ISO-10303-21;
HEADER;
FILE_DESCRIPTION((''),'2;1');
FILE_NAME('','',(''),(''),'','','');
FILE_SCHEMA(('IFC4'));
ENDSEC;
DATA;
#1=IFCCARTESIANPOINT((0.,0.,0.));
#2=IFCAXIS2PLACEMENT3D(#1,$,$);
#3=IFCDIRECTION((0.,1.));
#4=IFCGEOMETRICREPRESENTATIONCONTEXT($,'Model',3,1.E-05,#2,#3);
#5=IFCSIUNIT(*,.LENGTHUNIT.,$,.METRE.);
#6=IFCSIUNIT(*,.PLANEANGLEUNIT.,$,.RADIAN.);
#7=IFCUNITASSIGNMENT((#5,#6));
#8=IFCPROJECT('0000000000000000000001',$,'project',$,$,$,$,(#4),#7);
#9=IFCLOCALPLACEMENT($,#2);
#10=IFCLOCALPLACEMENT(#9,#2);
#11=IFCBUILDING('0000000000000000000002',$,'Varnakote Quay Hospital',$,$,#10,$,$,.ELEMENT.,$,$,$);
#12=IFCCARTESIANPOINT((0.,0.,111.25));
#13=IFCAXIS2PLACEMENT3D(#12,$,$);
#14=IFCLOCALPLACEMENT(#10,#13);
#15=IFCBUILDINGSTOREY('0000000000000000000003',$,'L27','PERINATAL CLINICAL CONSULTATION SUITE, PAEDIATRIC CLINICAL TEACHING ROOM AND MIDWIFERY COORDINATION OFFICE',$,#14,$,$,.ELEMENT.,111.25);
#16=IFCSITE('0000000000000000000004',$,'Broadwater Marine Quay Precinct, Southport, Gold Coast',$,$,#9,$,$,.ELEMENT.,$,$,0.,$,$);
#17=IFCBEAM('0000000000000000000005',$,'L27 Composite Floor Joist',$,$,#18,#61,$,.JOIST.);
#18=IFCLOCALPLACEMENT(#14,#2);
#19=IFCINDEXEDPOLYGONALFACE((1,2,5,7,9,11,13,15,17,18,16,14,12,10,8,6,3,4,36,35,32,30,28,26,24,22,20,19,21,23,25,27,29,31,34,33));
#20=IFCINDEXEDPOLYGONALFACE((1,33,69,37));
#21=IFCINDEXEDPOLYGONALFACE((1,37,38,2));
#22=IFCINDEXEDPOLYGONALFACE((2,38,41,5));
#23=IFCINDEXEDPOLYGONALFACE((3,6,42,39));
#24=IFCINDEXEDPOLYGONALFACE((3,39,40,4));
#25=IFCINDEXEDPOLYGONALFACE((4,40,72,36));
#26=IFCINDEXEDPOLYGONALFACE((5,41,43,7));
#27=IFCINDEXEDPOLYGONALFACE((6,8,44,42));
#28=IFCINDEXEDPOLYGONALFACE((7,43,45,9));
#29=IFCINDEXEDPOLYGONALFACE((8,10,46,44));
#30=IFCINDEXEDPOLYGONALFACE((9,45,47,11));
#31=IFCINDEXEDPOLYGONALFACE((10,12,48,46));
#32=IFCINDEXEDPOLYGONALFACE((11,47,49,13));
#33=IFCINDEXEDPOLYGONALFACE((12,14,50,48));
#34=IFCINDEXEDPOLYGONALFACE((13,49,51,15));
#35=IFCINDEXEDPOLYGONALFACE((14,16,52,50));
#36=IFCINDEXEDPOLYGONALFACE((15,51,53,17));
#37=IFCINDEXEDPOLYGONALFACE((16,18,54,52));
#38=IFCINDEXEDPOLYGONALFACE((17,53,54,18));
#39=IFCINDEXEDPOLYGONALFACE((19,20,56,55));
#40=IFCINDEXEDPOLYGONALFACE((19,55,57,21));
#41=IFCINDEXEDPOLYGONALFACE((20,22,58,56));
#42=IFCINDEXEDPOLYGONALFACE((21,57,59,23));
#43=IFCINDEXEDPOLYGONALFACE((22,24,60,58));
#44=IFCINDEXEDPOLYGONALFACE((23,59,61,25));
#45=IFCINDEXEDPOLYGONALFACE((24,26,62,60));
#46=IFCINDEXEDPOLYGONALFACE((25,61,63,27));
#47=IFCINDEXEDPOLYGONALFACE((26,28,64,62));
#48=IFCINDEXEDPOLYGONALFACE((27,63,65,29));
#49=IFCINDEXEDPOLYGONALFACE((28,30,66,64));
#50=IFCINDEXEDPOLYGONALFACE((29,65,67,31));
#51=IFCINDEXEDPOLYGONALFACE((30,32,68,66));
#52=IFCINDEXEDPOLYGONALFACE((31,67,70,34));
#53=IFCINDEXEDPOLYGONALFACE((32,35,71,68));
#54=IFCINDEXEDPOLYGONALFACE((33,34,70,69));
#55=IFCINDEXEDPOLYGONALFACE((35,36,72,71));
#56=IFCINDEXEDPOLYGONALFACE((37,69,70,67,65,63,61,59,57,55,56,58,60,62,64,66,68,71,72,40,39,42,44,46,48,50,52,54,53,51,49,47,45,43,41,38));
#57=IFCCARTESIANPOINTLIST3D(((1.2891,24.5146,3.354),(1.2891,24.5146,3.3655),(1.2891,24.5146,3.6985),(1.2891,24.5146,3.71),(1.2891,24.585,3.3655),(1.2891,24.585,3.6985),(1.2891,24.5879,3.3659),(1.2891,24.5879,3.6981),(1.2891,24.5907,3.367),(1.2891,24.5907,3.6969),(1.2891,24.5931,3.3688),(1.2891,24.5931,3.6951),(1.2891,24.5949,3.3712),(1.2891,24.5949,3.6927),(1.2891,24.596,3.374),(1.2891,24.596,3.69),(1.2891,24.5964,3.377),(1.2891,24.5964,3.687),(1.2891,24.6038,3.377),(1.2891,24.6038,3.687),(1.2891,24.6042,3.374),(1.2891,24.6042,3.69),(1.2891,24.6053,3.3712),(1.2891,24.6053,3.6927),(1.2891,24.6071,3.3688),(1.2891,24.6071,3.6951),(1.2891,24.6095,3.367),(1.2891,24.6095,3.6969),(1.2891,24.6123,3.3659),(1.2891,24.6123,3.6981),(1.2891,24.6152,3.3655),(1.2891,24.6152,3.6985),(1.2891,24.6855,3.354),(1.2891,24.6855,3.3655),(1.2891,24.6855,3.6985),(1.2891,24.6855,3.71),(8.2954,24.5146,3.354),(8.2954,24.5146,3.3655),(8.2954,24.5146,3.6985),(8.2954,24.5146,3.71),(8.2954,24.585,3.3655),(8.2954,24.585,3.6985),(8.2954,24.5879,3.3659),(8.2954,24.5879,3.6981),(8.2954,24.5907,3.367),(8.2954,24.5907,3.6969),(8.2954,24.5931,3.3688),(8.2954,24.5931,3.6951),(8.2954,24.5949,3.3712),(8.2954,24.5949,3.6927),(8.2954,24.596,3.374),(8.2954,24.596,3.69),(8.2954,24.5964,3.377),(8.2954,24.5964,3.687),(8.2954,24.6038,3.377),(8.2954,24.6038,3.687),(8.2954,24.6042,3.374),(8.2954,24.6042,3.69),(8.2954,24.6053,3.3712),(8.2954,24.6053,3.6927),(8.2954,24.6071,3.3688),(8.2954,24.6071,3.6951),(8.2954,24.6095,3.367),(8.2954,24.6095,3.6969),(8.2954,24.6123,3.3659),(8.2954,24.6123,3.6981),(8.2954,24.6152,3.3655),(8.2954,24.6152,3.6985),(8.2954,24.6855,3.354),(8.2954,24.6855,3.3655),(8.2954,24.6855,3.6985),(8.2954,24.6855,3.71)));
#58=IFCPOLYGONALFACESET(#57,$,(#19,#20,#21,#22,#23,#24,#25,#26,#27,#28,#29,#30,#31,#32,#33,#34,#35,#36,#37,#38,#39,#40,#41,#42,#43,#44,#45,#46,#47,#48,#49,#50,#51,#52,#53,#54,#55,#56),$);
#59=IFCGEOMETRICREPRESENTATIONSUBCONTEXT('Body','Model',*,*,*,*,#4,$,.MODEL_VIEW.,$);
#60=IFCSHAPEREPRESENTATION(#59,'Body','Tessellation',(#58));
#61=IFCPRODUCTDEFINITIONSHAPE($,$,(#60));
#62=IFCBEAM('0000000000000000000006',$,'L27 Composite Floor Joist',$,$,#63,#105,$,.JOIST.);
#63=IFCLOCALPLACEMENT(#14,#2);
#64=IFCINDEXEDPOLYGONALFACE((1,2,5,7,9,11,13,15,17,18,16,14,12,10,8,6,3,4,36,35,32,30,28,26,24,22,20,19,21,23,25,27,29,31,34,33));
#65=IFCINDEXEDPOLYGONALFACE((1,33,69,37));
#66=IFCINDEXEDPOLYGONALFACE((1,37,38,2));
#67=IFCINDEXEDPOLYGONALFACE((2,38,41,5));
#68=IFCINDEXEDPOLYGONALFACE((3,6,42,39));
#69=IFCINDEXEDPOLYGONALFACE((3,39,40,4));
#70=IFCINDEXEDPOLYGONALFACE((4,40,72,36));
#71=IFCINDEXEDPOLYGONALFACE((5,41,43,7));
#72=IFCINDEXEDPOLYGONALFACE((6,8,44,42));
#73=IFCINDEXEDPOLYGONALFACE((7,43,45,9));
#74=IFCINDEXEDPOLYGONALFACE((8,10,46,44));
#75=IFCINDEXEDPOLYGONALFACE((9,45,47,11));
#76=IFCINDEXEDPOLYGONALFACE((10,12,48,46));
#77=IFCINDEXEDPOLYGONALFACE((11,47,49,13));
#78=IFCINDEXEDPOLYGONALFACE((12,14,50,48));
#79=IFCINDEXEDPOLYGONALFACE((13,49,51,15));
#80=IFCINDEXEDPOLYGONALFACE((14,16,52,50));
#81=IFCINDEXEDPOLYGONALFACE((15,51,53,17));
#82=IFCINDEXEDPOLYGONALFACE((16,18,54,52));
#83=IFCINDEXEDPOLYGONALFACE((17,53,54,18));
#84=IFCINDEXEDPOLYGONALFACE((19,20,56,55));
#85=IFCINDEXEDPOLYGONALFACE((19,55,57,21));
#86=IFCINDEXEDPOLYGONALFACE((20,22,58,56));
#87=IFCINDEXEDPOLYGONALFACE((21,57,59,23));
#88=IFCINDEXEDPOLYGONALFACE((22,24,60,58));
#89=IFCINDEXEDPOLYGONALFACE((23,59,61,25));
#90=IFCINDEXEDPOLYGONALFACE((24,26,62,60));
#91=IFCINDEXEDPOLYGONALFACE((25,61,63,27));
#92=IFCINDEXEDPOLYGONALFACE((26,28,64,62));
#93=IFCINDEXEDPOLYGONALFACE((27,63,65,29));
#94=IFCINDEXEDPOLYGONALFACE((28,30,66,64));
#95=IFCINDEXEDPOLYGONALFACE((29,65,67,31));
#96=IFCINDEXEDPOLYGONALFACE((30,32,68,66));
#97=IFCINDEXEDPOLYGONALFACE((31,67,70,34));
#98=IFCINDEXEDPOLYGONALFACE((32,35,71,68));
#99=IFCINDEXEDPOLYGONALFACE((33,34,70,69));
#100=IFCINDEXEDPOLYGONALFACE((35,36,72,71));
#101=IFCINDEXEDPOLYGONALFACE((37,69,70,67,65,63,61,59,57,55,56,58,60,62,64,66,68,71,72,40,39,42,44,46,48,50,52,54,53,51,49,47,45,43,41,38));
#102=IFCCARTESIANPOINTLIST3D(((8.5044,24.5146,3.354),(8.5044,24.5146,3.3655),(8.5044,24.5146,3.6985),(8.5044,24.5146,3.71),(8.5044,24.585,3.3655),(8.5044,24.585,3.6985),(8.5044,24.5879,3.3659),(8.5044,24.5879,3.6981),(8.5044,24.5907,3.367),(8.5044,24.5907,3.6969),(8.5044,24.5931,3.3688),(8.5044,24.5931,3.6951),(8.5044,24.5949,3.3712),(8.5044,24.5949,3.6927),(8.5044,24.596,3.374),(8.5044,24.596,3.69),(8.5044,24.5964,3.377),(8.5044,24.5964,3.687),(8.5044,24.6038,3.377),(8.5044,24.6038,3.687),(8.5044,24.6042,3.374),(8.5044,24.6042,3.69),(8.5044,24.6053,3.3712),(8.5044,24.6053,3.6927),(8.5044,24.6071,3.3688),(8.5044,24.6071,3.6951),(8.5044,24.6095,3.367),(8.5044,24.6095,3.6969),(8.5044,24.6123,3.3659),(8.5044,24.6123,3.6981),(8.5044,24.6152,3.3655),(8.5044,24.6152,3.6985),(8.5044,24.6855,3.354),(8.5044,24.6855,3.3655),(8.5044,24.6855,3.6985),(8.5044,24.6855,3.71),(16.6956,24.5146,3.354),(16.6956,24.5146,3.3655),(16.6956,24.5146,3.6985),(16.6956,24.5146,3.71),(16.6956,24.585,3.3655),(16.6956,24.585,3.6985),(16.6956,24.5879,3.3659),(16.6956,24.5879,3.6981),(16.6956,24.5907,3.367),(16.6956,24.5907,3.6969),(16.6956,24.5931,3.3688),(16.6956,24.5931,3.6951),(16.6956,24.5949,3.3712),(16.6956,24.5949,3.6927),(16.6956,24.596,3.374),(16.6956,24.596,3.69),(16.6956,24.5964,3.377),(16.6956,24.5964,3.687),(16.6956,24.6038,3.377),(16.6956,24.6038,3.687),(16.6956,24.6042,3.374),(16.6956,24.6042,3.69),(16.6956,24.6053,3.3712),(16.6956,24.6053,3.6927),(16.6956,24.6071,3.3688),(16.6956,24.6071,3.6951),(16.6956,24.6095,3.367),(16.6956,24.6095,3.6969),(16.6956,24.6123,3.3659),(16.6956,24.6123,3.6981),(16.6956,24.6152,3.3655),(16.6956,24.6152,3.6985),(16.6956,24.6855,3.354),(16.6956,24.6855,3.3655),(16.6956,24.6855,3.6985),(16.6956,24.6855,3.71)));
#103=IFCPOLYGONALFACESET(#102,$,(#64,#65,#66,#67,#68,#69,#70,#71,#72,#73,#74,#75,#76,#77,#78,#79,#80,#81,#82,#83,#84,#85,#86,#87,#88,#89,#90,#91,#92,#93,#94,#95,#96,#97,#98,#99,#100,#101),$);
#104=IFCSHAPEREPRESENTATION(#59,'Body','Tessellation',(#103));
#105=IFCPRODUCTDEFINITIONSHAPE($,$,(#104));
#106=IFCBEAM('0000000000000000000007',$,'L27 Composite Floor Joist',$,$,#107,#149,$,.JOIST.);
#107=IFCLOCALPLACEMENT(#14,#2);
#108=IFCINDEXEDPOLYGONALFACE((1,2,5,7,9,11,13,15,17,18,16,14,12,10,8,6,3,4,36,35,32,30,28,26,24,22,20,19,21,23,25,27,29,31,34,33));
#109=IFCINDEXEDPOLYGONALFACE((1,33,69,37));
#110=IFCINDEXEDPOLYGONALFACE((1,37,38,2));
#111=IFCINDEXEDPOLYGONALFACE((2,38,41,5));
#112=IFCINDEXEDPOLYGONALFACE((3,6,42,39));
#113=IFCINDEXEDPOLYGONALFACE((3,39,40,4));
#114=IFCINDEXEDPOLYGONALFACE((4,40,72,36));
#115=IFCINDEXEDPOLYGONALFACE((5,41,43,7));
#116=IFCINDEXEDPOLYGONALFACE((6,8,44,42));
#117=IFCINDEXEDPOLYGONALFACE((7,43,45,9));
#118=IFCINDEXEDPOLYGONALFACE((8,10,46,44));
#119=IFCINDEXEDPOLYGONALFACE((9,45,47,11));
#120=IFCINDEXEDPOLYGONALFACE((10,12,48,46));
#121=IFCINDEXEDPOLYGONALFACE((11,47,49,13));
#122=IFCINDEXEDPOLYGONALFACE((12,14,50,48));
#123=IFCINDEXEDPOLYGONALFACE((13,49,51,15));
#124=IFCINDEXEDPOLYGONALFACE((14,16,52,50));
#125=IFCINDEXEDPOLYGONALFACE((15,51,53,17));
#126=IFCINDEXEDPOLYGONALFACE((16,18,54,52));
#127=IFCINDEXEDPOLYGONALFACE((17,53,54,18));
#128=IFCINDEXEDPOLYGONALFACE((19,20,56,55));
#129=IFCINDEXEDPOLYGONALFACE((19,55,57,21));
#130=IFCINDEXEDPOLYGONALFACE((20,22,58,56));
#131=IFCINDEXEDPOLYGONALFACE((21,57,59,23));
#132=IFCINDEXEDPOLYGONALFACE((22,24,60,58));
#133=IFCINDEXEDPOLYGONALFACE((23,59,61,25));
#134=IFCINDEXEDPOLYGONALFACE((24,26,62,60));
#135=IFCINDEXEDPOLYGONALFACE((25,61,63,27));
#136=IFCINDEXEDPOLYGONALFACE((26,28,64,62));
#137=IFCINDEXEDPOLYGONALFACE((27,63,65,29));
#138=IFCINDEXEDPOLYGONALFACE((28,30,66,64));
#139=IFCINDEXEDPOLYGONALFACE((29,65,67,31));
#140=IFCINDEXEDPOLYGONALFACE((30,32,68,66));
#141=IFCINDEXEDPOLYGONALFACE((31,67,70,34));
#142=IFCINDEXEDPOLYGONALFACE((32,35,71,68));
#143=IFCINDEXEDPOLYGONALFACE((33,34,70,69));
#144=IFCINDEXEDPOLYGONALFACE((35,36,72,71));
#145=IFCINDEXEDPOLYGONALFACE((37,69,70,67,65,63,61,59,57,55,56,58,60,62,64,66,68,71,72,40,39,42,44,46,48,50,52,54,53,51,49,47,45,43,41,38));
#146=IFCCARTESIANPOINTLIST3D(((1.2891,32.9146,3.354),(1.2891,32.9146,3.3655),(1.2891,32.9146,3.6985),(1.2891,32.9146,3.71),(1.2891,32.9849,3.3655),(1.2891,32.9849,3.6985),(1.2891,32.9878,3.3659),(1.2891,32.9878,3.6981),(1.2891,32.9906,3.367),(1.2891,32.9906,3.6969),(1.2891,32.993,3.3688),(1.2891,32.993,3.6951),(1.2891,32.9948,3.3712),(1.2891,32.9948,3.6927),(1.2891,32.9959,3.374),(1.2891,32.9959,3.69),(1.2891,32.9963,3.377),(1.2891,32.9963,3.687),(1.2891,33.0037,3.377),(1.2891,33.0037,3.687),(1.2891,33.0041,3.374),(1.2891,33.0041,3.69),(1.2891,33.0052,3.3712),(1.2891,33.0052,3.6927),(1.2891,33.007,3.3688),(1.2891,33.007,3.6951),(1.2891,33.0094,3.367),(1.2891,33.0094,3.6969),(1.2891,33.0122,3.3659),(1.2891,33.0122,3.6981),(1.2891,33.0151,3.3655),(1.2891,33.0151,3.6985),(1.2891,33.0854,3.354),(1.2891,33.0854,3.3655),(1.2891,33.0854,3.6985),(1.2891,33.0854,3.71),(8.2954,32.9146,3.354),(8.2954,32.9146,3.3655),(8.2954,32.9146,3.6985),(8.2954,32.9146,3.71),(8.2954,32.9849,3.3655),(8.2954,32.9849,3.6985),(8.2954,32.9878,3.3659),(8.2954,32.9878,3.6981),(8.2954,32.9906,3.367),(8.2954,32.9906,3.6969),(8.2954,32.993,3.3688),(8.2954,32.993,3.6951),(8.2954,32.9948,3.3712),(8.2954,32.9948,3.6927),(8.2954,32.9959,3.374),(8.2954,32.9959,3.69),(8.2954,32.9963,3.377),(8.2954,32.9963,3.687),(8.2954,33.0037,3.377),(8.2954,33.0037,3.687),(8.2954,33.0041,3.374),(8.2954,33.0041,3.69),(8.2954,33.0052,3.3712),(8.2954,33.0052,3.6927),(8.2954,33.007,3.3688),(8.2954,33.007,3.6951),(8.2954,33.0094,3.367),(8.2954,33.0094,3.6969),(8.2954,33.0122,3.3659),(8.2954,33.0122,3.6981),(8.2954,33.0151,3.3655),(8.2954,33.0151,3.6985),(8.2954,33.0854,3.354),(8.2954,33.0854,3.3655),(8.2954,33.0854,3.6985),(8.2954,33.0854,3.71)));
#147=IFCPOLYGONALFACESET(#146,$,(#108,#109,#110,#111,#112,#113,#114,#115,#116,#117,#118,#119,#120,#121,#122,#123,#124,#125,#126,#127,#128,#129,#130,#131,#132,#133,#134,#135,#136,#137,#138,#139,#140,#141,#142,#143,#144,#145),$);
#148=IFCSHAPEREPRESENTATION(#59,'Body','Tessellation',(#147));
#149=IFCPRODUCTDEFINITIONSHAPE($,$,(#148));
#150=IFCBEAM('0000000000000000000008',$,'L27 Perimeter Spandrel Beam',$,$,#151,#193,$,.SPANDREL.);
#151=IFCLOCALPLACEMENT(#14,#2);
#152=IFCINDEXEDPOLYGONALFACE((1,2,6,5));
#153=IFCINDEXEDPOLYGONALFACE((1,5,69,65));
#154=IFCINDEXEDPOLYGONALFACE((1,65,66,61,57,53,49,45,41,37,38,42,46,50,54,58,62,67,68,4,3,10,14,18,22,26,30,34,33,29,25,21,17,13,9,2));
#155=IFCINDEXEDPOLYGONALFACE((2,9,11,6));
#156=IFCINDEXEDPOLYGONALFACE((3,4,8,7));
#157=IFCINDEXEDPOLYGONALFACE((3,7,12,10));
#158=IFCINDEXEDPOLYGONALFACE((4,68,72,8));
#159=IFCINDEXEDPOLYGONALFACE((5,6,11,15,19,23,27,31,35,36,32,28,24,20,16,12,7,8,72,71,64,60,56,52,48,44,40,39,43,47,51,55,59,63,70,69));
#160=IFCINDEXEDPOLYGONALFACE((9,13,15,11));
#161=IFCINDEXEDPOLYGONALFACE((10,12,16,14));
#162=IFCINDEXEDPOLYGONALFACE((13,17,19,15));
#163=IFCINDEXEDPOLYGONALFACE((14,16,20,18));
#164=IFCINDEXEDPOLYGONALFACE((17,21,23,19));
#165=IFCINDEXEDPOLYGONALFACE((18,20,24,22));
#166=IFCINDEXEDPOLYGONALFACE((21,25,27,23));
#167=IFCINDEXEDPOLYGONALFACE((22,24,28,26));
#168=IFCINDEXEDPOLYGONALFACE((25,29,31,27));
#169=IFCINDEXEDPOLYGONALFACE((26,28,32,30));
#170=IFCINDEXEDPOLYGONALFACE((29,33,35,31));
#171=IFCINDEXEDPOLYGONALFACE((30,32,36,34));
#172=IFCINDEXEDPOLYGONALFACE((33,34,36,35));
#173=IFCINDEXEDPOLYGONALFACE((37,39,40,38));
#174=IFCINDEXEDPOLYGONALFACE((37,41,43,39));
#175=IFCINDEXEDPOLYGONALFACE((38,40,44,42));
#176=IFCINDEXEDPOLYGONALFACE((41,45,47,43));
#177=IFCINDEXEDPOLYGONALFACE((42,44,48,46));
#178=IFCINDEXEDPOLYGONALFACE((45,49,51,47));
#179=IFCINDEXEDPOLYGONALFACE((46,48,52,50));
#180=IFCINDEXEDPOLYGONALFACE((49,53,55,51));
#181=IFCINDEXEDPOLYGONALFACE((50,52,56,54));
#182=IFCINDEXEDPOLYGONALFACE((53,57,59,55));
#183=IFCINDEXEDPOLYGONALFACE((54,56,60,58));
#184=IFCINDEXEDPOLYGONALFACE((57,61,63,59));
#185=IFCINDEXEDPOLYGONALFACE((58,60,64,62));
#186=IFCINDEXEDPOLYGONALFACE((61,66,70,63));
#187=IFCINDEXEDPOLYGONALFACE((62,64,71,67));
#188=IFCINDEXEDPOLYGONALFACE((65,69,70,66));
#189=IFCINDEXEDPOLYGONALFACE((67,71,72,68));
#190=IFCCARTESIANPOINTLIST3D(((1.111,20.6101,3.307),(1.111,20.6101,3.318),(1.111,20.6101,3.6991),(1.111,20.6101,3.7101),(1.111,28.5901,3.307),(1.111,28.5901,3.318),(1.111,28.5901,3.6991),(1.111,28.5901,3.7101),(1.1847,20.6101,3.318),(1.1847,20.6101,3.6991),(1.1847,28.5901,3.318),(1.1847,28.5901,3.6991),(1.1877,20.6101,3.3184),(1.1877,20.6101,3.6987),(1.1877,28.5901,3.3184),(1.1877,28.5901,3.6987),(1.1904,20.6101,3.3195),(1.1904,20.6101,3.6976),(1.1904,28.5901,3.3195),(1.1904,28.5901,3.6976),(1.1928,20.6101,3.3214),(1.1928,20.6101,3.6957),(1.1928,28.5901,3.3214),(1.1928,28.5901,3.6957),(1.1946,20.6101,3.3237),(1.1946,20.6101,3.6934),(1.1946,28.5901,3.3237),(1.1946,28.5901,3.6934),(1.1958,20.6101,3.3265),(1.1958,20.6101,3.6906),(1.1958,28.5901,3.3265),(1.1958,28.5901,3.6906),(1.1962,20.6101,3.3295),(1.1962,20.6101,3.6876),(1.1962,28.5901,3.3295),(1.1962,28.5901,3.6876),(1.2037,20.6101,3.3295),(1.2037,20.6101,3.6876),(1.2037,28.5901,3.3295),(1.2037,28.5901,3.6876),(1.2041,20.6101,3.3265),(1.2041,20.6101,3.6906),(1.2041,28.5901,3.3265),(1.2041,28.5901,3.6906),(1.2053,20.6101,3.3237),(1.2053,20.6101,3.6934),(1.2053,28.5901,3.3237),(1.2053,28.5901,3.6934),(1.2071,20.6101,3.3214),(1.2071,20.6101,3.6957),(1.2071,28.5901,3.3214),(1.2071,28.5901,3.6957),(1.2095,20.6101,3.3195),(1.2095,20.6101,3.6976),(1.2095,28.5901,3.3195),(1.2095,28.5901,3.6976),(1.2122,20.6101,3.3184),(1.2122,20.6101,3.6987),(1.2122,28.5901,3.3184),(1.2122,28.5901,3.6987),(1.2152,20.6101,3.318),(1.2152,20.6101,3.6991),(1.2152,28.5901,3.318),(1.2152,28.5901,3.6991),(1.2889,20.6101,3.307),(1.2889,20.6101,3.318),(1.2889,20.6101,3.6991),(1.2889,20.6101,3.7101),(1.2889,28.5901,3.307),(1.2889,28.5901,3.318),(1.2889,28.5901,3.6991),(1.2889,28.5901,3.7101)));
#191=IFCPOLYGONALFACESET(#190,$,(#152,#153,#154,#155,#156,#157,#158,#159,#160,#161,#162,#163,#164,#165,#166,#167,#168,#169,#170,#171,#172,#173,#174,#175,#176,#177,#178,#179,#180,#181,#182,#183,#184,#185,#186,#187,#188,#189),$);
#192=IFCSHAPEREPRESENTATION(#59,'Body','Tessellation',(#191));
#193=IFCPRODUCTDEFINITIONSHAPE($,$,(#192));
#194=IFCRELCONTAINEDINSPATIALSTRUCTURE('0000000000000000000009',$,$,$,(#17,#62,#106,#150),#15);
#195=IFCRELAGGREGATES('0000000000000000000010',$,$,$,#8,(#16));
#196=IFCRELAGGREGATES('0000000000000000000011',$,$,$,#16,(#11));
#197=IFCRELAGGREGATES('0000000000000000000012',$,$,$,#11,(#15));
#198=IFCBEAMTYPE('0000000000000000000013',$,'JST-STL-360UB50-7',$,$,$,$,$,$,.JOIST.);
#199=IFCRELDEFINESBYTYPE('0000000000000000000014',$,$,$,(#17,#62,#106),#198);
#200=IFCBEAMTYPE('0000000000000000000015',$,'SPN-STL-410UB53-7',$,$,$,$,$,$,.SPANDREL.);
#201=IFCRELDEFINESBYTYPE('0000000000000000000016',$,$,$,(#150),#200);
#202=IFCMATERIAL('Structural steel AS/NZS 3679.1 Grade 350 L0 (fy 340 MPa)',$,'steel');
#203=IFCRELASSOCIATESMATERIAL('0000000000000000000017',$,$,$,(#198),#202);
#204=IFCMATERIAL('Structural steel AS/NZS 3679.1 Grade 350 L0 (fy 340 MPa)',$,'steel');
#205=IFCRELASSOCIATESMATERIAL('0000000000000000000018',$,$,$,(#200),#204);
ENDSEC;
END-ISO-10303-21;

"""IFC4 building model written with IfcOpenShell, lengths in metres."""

from ifc_helpers import new_model, si_unit, direction, frame, origin, origin_2d, place, context, subcontext, project, spatial, i_section, extrude, material, material_profile, profile_set, type_object, element, save


model = new_model("IFC4")

# Units and contexts
model_context = context("Model", 3, precision=1e-05, world=origin(), true_north=direction((0.0, 1.0)))
body_context = subcontext(model_context, "Body", "Model", "MODEL_VIEW")
ifc_project = project(units=[si_unit("LENGTHUNIT", "METRE"), si_unit("PLANEANGLEUNIT", "RADIAN")], contexts=[model_context])

# Site, building, storey
site_placement = place(None, origin())
site = spatial("IfcSite", under=ifc_project, at=site_placement, Name="Broadwater Marine Quay Precinct, Southport, Gold Coast", CompositionType="ELEMENT", RefElevation=0.0)
building_placement = place(site_placement, origin())
building = spatial("IfcBuilding", under=site, at=building_placement, Name="Varnakote Quay Hospital", CompositionType="ELEMENT")
storey_placement = place(building_placement, frame((0.0, 0.0, 111.25)))
storey = spatial("IfcBuildingStorey", under=building, at=storey_placement, Name="L27", Description="PERINATAL CLINICAL CONSULTATION SUITE, PAEDIATRIC CLINICAL TEACHING ROOM AND MIDWIFERY COORDINATION OFFICE", CompositionType="ELEMENT", Elevation=111.25)

# Beams
ifc_material_1 = material(Name="Structural steel AS/NZS 3679.1 Grade 350 L0 (fy 340 MPa)", Category="steel")
ifc_material_profile_1 = material_profile(ifc_material_1, i_section(OverallWidth=0.1709, OverallDepth=0.356, WebThickness=0.0073, FlangeThickness=0.0115, FilletRadius=0.0115, at=origin_2d()), Name="360UB50.7")
ifc_profile_set_1 = profile_set([ifc_material_profile_1], Name="Structural steel AS/NZS 3679.1 Grade 350 L0 (fy 340 MPa)")
beam_type_1 = type_object("IfcBeamType", Name="JST-STL-360UB50-7", PredefinedType="JOIST", material=ifc_profile_set_1)
beam_1_placement = place(storey_placement, frame((1.2891, 24.6001, 3.532), z_axis=(1.0, 0.0, 0.0), x_axis=(0.0, 1.0, 0.0)))
element("IfcBeam", 1, at=beam_1_placement, inside=storey, type_object=beam_type_1, Name="L27 Composite Floor Joist", PredefinedType="JOIST", context=body_context, shape_type="SweptSolid", body=[
    extrude(i_section(OverallWidth=0.1709, OverallDepth=0.356, WebThickness=0.0073, FlangeThickness=0.0115, FilletRadius=0.0115, at=origin_2d()), origin(), (0.0, 0.0, 1.0), 7.0063),
])
beam_2_placement = place(storey_placement, frame((8.5044, 24.6001, 3.532), z_axis=(1.0, 0.0, 0.0), x_axis=(0.0, 1.0, 0.0)))
element("IfcBeam", 2, at=beam_2_placement, inside=storey, type_object=beam_type_1, Name="L27 Composite Floor Joist", PredefinedType="JOIST", context=body_context, shape_type="SweptSolid", body=[
    extrude(i_section(OverallWidth=0.1709, OverallDepth=0.356, WebThickness=0.0073, FlangeThickness=0.0115, FilletRadius=0.0115, at=origin_2d()), origin(), (0.0, 0.0, 1.0), 8.1912),
])
beam_3_placement = place(storey_placement, frame((1.2891, 33.0, 3.532), z_axis=(1.0, 0.0, 0.0), x_axis=(0.0, 1.0, 0.0)))
element("IfcBeam", 3, at=beam_3_placement, inside=storey, type_object=beam_type_1, Name="L27 Composite Floor Joist", PredefinedType="JOIST", context=body_context, shape_type="SweptSolid", body=[
    extrude(i_section(OverallWidth=0.1709, OverallDepth=0.356, WebThickness=0.0073, FlangeThickness=0.0115, FilletRadius=0.0115, at=origin_2d()), origin(), (0.0, 0.0, 1.0), 7.0063),
])
ifc_material_2 = material(Name="Structural steel AS/NZS 3679.1 Grade 350 L0 (fy 340 MPa)", Category="steel")
ifc_material_profile_2 = material_profile(ifc_material_2, i_section(OverallWidth=0.178, OverallDepth=0.4031, WebThickness=0.0076, FlangeThickness=0.011, FilletRadius=0.0115, at=origin_2d()), Name="410UB53.7")
ifc_profile_set_2 = profile_set([ifc_material_profile_2], Name="Structural steel AS/NZS 3679.1 Grade 350 L0 (fy 340 MPa)")
beam_type_2 = type_object("IfcBeamType", Name="SPN-STL-410UB53-7", PredefinedType="SPANDREL", material=ifc_profile_set_2)
beam_4_placement = place(storey_placement, frame((1.2, 20.6101, 3.5085), z_axis=(0.0, 1.0, 0.0), x_axis=(-1.0, 0.0, 0.0)))
element("IfcBeam", 4, at=beam_4_placement, inside=storey, type_object=beam_type_2, Name="L27 Perimeter Spandrel Beam", PredefinedType="SPANDREL", context=body_context, shape_type="SweptSolid", body=[
    extrude(i_section(OverallWidth=0.178, OverallDepth=0.4031, WebThickness=0.0076, FlangeThickness=0.011, FilletRadius=0.0115, at=origin_2d()), origin(), (0.0, 0.0, 1.0), 7.98),
])

save(model, "model.ifc")
